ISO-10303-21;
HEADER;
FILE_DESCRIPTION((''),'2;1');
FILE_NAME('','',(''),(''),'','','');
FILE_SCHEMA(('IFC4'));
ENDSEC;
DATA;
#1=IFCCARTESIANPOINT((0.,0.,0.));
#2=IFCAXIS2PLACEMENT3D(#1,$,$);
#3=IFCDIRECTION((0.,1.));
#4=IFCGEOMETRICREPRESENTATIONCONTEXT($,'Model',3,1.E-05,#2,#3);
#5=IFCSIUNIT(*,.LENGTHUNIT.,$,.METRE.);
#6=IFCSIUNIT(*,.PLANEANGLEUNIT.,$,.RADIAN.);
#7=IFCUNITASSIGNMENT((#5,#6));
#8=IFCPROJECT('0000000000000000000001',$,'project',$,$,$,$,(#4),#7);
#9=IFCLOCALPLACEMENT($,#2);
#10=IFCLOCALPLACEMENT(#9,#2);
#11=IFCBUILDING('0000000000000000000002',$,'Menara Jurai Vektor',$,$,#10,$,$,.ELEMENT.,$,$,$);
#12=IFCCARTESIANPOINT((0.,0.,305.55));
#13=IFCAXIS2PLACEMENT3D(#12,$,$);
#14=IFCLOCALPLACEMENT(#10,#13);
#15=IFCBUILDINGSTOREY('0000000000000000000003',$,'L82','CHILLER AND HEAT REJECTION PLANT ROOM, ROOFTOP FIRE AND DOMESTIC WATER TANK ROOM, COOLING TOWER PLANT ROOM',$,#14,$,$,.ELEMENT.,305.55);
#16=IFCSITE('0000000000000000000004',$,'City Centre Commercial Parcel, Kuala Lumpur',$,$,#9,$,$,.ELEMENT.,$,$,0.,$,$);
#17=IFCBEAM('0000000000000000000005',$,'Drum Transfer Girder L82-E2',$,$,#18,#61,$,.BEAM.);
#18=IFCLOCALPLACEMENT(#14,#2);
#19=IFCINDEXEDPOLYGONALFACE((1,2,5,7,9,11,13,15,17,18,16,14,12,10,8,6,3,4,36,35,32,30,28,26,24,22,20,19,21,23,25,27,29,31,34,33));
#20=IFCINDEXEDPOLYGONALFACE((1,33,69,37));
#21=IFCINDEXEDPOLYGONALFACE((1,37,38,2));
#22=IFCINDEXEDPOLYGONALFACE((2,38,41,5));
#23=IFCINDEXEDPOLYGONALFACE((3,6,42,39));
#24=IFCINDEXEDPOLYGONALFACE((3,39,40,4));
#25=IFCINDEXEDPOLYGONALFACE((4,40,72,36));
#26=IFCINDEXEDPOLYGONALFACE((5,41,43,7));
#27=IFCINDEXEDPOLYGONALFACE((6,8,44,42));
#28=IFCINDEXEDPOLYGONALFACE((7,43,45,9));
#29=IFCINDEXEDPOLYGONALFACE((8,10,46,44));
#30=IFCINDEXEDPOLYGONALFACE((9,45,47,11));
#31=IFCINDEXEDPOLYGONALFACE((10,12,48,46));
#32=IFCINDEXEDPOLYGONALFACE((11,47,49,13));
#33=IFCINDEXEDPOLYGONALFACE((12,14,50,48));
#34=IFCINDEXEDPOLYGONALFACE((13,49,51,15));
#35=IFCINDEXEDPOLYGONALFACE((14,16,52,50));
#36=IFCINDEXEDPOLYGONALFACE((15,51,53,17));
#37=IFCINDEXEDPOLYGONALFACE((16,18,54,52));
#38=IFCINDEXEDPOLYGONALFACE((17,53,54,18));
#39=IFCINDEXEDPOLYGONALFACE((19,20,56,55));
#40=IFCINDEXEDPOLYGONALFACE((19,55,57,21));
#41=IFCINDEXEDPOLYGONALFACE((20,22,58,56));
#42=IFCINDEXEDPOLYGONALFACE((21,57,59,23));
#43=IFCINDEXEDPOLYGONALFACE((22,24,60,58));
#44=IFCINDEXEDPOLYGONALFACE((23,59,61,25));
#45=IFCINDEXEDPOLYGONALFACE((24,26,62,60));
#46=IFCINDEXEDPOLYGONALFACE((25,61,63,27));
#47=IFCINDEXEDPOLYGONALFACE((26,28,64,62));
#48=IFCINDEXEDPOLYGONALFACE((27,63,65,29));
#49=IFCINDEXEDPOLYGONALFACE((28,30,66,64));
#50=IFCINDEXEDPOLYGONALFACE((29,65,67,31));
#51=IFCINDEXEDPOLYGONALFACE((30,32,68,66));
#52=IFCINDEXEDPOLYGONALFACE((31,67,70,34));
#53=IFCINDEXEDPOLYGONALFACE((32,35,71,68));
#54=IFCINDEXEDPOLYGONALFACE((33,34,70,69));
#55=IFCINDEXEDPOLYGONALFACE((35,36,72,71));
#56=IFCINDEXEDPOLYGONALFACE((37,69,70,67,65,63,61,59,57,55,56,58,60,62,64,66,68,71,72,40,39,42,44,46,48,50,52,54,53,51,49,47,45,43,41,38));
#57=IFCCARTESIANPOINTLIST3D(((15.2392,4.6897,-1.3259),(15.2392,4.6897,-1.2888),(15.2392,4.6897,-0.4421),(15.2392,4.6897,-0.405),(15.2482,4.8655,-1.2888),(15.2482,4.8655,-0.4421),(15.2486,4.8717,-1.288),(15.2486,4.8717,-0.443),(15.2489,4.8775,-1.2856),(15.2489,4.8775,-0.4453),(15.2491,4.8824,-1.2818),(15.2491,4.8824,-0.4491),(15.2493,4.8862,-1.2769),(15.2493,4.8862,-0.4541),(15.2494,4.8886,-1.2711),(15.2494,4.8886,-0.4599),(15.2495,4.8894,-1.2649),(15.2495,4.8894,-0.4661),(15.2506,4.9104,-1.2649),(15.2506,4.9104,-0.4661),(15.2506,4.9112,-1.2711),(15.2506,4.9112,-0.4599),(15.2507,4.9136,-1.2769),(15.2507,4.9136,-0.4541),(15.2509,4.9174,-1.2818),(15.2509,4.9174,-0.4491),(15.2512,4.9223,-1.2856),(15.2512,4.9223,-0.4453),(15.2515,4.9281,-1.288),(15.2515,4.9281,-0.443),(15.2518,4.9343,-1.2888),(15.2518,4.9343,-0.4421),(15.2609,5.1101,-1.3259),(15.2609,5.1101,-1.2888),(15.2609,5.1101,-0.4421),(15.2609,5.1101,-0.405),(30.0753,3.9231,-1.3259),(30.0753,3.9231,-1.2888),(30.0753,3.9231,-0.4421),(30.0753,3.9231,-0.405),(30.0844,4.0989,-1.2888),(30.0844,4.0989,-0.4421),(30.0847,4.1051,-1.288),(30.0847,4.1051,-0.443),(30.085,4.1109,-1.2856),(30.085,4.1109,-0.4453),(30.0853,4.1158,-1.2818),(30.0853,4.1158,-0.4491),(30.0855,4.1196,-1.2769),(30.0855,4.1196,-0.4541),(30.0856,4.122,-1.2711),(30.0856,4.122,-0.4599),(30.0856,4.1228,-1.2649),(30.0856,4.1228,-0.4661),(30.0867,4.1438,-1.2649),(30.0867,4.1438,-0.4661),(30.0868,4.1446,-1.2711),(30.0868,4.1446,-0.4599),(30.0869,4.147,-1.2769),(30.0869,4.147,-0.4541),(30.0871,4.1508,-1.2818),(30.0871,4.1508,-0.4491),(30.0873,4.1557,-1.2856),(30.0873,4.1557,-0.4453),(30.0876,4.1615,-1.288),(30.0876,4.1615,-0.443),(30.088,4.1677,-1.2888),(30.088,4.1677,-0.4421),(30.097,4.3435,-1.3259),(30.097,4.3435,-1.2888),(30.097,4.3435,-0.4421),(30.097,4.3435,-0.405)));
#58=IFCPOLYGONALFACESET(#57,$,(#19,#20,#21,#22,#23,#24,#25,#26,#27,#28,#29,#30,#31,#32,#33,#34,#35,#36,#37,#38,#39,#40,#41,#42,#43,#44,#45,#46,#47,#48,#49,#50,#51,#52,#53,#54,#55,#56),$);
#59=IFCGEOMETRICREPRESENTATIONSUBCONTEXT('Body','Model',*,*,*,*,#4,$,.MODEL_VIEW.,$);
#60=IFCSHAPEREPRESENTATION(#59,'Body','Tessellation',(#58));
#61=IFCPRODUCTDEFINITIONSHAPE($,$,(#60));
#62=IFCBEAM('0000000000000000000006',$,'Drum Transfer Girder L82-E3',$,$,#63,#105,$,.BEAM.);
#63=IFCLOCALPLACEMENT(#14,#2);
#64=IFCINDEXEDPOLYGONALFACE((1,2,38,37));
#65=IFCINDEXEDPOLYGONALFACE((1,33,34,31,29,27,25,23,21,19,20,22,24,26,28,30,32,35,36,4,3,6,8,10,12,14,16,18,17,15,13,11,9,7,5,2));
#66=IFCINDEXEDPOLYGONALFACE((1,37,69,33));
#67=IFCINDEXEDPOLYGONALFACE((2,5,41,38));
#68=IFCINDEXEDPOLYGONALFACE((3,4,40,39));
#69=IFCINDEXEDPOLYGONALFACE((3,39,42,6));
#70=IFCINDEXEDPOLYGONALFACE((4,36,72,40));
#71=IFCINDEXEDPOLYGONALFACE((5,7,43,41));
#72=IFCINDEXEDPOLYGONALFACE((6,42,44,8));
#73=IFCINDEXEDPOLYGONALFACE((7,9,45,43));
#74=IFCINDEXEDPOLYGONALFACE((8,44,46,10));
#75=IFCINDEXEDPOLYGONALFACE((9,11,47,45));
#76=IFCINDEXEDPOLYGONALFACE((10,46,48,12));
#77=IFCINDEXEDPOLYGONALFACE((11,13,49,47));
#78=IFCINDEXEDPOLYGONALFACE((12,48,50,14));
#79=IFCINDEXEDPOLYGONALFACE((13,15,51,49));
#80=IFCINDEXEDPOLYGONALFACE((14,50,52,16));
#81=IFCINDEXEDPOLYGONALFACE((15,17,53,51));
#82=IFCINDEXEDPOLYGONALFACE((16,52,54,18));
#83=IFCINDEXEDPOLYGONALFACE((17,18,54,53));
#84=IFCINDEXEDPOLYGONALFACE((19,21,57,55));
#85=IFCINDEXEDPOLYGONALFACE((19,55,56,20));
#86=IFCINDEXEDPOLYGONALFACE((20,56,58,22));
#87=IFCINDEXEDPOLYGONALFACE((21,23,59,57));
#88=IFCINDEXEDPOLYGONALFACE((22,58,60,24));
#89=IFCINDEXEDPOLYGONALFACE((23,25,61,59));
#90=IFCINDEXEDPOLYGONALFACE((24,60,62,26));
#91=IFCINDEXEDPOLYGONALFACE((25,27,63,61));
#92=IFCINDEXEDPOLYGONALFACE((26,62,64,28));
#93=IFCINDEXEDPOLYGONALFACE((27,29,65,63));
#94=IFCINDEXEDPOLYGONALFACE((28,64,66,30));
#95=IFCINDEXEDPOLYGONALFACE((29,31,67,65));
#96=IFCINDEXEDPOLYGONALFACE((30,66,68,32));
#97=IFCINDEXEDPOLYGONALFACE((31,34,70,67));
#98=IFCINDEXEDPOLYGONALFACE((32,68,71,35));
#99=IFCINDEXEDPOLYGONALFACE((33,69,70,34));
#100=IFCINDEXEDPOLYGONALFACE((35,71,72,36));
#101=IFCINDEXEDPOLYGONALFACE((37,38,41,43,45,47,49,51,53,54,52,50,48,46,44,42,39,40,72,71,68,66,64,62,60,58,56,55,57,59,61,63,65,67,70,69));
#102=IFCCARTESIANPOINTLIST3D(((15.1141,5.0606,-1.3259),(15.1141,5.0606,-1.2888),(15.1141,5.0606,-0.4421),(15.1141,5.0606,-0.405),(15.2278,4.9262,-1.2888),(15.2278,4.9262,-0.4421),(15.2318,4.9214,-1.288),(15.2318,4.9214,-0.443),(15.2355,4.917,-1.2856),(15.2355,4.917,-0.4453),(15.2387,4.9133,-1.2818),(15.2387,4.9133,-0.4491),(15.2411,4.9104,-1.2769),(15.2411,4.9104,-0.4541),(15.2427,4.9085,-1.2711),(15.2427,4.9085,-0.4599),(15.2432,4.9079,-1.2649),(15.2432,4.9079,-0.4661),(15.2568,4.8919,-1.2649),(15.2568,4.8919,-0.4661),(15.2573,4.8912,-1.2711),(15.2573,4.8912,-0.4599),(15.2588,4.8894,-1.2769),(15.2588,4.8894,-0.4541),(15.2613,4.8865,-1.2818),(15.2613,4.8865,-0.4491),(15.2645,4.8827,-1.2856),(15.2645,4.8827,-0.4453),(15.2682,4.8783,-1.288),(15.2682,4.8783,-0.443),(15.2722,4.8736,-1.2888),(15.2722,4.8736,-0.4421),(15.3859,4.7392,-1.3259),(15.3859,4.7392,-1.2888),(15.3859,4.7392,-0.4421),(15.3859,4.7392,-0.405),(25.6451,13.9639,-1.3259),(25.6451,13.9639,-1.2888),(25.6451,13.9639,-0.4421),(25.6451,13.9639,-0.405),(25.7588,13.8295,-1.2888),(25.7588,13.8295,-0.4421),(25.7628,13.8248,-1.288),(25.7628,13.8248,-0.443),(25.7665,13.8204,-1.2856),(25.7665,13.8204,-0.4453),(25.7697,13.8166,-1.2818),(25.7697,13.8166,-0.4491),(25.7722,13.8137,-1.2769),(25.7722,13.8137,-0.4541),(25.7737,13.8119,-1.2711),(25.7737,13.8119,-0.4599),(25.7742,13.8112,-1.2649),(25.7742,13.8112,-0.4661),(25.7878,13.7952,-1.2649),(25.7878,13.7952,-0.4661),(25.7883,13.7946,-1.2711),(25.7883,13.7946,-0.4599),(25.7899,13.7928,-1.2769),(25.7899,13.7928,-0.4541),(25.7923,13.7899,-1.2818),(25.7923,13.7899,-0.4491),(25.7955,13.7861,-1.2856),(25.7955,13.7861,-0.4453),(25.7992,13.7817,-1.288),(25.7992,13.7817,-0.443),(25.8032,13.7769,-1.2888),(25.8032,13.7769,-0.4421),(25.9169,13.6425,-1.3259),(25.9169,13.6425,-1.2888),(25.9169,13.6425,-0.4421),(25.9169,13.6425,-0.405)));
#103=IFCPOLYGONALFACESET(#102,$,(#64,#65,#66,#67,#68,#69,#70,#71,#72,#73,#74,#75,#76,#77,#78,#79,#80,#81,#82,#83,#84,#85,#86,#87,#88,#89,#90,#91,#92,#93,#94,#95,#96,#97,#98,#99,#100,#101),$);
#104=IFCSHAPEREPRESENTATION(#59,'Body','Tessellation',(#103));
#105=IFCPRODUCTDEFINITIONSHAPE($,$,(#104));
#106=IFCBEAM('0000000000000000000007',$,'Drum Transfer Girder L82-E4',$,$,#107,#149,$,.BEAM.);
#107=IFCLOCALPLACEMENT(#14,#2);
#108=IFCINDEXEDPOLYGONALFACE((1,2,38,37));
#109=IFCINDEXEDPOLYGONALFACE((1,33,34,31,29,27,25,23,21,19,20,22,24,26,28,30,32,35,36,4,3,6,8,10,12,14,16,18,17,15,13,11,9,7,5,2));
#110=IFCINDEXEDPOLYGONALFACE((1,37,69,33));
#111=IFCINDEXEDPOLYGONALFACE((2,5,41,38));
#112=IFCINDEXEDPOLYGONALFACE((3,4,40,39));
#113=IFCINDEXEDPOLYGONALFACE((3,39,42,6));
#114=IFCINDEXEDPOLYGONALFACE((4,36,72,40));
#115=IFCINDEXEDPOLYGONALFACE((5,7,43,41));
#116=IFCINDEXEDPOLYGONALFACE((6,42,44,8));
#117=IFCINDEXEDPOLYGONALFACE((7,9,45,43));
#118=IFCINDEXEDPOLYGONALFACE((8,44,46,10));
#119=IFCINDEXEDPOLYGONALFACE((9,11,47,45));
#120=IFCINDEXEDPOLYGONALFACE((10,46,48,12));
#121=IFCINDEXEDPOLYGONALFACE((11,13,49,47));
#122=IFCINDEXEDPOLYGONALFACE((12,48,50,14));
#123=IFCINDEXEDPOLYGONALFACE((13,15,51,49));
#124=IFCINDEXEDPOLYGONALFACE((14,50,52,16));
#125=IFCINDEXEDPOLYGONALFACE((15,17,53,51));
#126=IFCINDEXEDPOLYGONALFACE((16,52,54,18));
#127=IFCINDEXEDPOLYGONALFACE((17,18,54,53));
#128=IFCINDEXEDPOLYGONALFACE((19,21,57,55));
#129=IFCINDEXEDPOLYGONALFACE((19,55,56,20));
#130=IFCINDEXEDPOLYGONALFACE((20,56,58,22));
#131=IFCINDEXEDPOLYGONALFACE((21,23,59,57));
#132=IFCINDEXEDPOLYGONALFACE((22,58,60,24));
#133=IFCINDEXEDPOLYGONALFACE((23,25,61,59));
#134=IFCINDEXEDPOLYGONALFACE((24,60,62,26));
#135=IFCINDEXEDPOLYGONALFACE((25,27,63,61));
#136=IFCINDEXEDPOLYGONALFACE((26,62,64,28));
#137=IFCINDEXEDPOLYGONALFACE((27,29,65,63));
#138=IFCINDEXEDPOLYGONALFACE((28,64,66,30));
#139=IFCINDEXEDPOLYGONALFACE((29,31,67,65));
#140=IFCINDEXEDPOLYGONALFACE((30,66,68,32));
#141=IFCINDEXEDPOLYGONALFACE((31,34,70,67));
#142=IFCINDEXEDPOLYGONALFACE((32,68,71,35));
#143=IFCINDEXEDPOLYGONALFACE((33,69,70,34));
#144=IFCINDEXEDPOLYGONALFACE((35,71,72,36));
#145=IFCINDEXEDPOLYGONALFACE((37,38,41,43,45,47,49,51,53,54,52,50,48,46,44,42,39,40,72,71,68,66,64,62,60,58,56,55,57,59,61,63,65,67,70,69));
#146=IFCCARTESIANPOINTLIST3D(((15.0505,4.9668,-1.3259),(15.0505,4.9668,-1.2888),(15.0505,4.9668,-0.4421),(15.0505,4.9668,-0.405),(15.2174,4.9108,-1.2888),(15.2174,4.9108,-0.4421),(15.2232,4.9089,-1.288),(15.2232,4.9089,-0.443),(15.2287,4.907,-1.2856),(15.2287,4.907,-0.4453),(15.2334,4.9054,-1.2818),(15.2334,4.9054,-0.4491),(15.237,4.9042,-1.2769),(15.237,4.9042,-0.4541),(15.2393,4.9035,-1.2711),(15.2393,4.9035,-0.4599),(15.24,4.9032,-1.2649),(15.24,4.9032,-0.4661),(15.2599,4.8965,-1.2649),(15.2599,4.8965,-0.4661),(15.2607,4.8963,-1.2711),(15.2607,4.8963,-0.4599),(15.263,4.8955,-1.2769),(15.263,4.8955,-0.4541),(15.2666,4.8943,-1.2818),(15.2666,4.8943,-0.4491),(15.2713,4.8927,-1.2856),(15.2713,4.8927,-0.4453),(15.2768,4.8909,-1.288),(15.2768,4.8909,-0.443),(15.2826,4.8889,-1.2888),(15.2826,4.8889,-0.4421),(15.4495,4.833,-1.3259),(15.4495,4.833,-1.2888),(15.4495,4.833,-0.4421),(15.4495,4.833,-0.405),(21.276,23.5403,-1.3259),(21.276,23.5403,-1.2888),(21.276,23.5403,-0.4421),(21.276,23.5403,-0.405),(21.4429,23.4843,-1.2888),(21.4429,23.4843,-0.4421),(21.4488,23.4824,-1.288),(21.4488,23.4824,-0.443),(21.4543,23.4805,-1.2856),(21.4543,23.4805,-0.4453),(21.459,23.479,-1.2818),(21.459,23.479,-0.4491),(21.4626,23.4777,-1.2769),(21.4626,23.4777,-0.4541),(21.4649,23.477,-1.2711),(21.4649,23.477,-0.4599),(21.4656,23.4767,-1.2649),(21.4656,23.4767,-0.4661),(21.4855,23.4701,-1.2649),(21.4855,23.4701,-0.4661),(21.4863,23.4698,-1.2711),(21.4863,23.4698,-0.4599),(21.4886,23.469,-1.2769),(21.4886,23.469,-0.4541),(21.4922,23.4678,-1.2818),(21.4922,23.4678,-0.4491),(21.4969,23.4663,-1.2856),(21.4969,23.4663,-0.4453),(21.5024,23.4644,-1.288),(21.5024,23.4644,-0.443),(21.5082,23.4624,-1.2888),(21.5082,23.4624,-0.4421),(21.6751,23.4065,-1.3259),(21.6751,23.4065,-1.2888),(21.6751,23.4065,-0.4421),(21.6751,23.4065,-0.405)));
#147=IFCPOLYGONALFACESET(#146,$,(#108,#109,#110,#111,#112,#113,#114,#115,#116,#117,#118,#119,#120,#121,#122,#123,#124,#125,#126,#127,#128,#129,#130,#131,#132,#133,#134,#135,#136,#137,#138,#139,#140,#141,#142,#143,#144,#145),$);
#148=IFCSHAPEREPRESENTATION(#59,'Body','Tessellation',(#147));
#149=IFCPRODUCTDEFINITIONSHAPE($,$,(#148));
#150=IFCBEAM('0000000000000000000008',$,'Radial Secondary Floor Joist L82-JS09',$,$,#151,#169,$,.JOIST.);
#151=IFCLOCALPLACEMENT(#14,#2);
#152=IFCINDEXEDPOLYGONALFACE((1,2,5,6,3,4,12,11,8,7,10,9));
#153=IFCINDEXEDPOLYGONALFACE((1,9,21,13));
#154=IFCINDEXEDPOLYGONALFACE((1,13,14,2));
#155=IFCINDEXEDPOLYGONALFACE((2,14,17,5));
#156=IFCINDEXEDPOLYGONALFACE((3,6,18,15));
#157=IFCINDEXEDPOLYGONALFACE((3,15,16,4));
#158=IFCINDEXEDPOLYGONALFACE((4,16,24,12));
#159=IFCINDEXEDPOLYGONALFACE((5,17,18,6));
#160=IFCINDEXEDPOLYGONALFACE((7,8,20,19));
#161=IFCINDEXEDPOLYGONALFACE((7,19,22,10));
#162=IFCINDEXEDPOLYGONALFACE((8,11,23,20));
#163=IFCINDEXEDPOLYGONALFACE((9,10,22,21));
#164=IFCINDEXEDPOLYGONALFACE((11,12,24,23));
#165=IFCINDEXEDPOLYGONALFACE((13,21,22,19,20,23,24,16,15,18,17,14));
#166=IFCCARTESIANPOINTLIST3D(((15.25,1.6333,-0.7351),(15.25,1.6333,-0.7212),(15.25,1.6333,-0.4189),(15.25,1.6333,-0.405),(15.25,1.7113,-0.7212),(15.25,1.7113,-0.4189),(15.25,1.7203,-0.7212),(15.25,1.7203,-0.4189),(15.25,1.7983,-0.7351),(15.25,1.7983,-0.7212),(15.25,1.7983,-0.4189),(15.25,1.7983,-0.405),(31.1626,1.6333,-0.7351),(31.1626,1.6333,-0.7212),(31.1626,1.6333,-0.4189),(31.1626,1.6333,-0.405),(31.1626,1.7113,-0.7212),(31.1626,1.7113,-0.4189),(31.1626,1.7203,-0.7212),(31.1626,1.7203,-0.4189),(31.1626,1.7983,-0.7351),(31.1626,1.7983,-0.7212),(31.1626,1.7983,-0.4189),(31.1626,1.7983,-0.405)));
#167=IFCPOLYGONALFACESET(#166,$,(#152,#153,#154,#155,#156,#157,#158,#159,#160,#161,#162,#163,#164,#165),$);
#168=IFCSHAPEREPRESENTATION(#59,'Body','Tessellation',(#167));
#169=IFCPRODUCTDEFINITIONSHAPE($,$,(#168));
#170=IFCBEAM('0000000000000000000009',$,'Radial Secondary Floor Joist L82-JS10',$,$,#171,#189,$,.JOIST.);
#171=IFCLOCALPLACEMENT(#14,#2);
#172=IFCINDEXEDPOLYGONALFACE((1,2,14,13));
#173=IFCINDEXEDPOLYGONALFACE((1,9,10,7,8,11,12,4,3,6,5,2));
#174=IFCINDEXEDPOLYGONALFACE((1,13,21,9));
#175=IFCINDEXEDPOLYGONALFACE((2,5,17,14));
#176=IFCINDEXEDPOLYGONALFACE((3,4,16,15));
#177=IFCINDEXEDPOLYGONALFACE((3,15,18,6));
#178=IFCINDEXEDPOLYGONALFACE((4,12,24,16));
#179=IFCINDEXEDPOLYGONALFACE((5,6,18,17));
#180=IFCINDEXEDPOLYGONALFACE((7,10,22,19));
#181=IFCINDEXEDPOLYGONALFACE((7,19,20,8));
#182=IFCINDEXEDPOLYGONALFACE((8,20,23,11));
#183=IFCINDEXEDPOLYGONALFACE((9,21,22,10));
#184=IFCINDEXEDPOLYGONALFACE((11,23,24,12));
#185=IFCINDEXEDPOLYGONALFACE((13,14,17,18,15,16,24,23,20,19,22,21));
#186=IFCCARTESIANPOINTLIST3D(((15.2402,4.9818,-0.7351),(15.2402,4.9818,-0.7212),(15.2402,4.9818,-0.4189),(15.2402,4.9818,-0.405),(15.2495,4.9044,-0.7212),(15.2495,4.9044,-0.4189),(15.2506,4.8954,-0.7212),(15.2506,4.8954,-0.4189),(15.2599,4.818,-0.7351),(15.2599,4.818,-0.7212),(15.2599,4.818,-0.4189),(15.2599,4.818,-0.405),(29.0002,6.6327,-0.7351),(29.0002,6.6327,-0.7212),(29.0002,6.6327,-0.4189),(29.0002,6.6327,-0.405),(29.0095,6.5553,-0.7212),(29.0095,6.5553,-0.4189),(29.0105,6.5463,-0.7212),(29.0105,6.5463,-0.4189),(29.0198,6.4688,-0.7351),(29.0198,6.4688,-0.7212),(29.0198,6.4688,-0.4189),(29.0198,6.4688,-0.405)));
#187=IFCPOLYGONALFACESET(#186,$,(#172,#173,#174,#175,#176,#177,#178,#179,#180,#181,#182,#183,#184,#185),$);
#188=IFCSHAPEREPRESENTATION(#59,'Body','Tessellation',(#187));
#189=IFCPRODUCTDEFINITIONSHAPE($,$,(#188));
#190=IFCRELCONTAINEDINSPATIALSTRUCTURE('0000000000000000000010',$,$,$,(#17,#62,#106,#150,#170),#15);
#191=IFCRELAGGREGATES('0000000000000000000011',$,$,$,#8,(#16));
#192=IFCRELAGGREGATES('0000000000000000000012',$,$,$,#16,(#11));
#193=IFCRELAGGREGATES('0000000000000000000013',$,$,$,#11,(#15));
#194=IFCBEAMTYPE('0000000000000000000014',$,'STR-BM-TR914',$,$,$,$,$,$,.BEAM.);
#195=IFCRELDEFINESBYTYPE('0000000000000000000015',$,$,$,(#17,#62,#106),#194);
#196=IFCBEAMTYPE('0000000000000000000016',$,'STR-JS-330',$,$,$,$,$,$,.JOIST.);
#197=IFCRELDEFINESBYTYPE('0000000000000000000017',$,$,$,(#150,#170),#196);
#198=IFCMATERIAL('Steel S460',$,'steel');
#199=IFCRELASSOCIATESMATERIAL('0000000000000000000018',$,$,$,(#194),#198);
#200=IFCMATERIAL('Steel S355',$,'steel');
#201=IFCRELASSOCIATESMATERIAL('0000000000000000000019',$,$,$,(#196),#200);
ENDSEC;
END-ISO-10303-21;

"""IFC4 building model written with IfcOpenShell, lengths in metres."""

from ifc_helpers import new_model, si_unit, direction, frame, origin, origin_2d, place, context, subcontext, project, spatial, i_section, extrude, material, material_profile, profile_set, type_object, element, save


model = new_model("IFC4")

# Units and contexts
model_context = context("Model", 3, precision=1e-05, world=origin(), true_north=direction((0.0, 1.0)))
body_context = subcontext(model_context, "Body", "Model", "MODEL_VIEW")
ifc_project = project(units=[si_unit("LENGTHUNIT", "METRE"), si_unit("PLANEANGLEUNIT", "RADIAN")], contexts=[model_context])

# Site, building, storey
site_placement = place(None, origin())
site = spatial("IfcSite", under=ifc_project, at=site_placement, Name="City Centre Commercial Parcel, Kuala Lumpur", CompositionType="ELEMENT", RefElevation=0.0)
building_placement = place(site_placement, origin())
building = spatial("IfcBuilding", under=site, at=building_placement, Name="Menara Jurai Vektor", CompositionType="ELEMENT")
storey_placement = place(building_placement, frame((0.0, 0.0, 305.55)))
storey = spatial("IfcBuildingStorey", under=building, at=storey_placement, Name="L82", Description="CHILLER AND HEAT REJECTION PLANT ROOM, ROOFTOP FIRE AND DOMESTIC WATER TANK ROOM, COOLING TOWER PLANT ROOM", CompositionType="ELEMENT", Elevation=305.55)

# Shared definitions
ifc_material_1 = material(Name="Steel S460", Category="steel")

# Beams
ifc_material_profile_1 = material_profile(ifc_material_1, i_section(OverallWidth=0.4209, OverallDepth=0.9209, WebThickness=0.021, FlangeThickness=0.0371, FilletRadius=0.0239, at=origin_2d()), Name="UKB 914x419x388")
ifc_profile_set_1 = profile_set([ifc_material_profile_1], Name="Steel S460")
beam_type_1 = type_object("IfcBeamType", Name="STR-BM-TR914", PredefinedType="BEAM", material=ifc_profile_set_1)
beam_1_placement = place(storey_placement, frame((30.0862, 4.1333, -0.8655), z_axis=(-0.998668, 0.051602, 0.0), x_axis=(-0.051602, -0.998668, 0.0)))
element("IfcBeam", 1, at=beam_1_placement, inside=storey, type_object=beam_type_1, Name="Drum Transfer Girder L82-E2", PredefinedType="BEAM", context=body_context, shape_type="SweptSolid", body=[
    extrude(i_section(OverallWidth=0.4209, OverallDepth=0.9209, WebThickness=0.021, FlangeThickness=0.0371, FilletRadius=0.0239, at=origin_2d()), origin(), (0.0, 0.0, 1.0), 14.856),
])
beam_2_placement = place(storey_placement, frame((25.781, 13.8032, -0.8655), z_axis=(-0.763656, -0.645624, 0.0), x_axis=(0.645624, -0.763656, 0.0)))
element("IfcBeam", 2, at=beam_2_placement, inside=storey, type_object=beam_type_1, Name="Drum Transfer Girder L82-E3", PredefinedType="BEAM", context=body_context, shape_type="SweptSolid", body=[
    extrude(i_section(OverallWidth=0.4209, OverallDepth=0.9209, WebThickness=0.021, FlangeThickness=0.0371, FilletRadius=0.0239, at=origin_2d()), origin(), (0.0, 0.0, 1.0), 13.7903),
])
beam_3_placement = place(storey_placement, frame((21.4756, 23.4734, -0.8655), z_axis=(-0.317809, -0.948155, 0.0), x_axis=(0.948155, -0.317809, 0.0)))
element("IfcBeam", 3, at=beam_3_placement, inside=storey, type_object=beam_type_1, Name="Drum Transfer Girder L82-E4", PredefinedType="BEAM", context=body_context, shape_type="SweptSolid", body=[
    extrude(i_section(OverallWidth=0.4209, OverallDepth=0.9209, WebThickness=0.021, FlangeThickness=0.0371, FilletRadius=0.0239, at=origin_2d()), origin(), (0.0, 0.0, 1.0), 19.5891),
])
ifc_material_2 = material(Name="Steel S355", Category="steel")
ifc_material_profile_2 = material_profile(ifc_material_2, i_section(OverallWidth=0.165, OverallDepth=0.3301, WebThickness=0.009, FlangeThickness=0.0139, at=origin_2d()), Name="PG 330x165x46")
ifc_profile_set_2 = profile_set([ifc_material_profile_2], Name="Steel S355")
beam_type_2 = type_object("IfcBeamType", Name="STR-JS-330", PredefinedType="JOIST", material=ifc_profile_set_2)
beam_4_placement = place(storey_placement, frame((31.1626, 1.7158, -0.5701), z_axis=(-1.0, 0.0, 0.0), x_axis=(0.0, -1.0, 0.0)))
element("IfcBeam", 4, at=beam_4_placement, inside=storey, type_object=beam_type_2, Name="Radial Secondary Floor Joist L82-JS09", PredefinedType="JOIST", context=body_context, shape_type="SweptSolid", body=[
    extrude(i_section(OverallWidth=0.165, OverallDepth=0.3301, WebThickness=0.009, FlangeThickness=0.0139, at=origin_2d()), origin(), (0.0, 0.0, 1.0), 15.9126),
])
beam_5_placement = place(storey_placement, frame((29.01, 6.5508, -0.5701), z_axis=(-0.99288, -0.119122, 0.0), x_axis=(0.119122, -0.99288, 0.0)))
element("IfcBeam", 5, at=beam_5_placement, inside=storey, type_object=beam_type_2, Name="Radial Secondary Floor Joist L82-JS10", PredefinedType="JOIST", context=body_context, shape_type="SweptSolid", body=[
    extrude(i_section(OverallWidth=0.165, OverallDepth=0.3301, WebThickness=0.009, FlangeThickness=0.0139, at=origin_2d()), origin(), (0.0, 0.0, 1.0), 13.8586),
])

save(model, "model.ifc")
